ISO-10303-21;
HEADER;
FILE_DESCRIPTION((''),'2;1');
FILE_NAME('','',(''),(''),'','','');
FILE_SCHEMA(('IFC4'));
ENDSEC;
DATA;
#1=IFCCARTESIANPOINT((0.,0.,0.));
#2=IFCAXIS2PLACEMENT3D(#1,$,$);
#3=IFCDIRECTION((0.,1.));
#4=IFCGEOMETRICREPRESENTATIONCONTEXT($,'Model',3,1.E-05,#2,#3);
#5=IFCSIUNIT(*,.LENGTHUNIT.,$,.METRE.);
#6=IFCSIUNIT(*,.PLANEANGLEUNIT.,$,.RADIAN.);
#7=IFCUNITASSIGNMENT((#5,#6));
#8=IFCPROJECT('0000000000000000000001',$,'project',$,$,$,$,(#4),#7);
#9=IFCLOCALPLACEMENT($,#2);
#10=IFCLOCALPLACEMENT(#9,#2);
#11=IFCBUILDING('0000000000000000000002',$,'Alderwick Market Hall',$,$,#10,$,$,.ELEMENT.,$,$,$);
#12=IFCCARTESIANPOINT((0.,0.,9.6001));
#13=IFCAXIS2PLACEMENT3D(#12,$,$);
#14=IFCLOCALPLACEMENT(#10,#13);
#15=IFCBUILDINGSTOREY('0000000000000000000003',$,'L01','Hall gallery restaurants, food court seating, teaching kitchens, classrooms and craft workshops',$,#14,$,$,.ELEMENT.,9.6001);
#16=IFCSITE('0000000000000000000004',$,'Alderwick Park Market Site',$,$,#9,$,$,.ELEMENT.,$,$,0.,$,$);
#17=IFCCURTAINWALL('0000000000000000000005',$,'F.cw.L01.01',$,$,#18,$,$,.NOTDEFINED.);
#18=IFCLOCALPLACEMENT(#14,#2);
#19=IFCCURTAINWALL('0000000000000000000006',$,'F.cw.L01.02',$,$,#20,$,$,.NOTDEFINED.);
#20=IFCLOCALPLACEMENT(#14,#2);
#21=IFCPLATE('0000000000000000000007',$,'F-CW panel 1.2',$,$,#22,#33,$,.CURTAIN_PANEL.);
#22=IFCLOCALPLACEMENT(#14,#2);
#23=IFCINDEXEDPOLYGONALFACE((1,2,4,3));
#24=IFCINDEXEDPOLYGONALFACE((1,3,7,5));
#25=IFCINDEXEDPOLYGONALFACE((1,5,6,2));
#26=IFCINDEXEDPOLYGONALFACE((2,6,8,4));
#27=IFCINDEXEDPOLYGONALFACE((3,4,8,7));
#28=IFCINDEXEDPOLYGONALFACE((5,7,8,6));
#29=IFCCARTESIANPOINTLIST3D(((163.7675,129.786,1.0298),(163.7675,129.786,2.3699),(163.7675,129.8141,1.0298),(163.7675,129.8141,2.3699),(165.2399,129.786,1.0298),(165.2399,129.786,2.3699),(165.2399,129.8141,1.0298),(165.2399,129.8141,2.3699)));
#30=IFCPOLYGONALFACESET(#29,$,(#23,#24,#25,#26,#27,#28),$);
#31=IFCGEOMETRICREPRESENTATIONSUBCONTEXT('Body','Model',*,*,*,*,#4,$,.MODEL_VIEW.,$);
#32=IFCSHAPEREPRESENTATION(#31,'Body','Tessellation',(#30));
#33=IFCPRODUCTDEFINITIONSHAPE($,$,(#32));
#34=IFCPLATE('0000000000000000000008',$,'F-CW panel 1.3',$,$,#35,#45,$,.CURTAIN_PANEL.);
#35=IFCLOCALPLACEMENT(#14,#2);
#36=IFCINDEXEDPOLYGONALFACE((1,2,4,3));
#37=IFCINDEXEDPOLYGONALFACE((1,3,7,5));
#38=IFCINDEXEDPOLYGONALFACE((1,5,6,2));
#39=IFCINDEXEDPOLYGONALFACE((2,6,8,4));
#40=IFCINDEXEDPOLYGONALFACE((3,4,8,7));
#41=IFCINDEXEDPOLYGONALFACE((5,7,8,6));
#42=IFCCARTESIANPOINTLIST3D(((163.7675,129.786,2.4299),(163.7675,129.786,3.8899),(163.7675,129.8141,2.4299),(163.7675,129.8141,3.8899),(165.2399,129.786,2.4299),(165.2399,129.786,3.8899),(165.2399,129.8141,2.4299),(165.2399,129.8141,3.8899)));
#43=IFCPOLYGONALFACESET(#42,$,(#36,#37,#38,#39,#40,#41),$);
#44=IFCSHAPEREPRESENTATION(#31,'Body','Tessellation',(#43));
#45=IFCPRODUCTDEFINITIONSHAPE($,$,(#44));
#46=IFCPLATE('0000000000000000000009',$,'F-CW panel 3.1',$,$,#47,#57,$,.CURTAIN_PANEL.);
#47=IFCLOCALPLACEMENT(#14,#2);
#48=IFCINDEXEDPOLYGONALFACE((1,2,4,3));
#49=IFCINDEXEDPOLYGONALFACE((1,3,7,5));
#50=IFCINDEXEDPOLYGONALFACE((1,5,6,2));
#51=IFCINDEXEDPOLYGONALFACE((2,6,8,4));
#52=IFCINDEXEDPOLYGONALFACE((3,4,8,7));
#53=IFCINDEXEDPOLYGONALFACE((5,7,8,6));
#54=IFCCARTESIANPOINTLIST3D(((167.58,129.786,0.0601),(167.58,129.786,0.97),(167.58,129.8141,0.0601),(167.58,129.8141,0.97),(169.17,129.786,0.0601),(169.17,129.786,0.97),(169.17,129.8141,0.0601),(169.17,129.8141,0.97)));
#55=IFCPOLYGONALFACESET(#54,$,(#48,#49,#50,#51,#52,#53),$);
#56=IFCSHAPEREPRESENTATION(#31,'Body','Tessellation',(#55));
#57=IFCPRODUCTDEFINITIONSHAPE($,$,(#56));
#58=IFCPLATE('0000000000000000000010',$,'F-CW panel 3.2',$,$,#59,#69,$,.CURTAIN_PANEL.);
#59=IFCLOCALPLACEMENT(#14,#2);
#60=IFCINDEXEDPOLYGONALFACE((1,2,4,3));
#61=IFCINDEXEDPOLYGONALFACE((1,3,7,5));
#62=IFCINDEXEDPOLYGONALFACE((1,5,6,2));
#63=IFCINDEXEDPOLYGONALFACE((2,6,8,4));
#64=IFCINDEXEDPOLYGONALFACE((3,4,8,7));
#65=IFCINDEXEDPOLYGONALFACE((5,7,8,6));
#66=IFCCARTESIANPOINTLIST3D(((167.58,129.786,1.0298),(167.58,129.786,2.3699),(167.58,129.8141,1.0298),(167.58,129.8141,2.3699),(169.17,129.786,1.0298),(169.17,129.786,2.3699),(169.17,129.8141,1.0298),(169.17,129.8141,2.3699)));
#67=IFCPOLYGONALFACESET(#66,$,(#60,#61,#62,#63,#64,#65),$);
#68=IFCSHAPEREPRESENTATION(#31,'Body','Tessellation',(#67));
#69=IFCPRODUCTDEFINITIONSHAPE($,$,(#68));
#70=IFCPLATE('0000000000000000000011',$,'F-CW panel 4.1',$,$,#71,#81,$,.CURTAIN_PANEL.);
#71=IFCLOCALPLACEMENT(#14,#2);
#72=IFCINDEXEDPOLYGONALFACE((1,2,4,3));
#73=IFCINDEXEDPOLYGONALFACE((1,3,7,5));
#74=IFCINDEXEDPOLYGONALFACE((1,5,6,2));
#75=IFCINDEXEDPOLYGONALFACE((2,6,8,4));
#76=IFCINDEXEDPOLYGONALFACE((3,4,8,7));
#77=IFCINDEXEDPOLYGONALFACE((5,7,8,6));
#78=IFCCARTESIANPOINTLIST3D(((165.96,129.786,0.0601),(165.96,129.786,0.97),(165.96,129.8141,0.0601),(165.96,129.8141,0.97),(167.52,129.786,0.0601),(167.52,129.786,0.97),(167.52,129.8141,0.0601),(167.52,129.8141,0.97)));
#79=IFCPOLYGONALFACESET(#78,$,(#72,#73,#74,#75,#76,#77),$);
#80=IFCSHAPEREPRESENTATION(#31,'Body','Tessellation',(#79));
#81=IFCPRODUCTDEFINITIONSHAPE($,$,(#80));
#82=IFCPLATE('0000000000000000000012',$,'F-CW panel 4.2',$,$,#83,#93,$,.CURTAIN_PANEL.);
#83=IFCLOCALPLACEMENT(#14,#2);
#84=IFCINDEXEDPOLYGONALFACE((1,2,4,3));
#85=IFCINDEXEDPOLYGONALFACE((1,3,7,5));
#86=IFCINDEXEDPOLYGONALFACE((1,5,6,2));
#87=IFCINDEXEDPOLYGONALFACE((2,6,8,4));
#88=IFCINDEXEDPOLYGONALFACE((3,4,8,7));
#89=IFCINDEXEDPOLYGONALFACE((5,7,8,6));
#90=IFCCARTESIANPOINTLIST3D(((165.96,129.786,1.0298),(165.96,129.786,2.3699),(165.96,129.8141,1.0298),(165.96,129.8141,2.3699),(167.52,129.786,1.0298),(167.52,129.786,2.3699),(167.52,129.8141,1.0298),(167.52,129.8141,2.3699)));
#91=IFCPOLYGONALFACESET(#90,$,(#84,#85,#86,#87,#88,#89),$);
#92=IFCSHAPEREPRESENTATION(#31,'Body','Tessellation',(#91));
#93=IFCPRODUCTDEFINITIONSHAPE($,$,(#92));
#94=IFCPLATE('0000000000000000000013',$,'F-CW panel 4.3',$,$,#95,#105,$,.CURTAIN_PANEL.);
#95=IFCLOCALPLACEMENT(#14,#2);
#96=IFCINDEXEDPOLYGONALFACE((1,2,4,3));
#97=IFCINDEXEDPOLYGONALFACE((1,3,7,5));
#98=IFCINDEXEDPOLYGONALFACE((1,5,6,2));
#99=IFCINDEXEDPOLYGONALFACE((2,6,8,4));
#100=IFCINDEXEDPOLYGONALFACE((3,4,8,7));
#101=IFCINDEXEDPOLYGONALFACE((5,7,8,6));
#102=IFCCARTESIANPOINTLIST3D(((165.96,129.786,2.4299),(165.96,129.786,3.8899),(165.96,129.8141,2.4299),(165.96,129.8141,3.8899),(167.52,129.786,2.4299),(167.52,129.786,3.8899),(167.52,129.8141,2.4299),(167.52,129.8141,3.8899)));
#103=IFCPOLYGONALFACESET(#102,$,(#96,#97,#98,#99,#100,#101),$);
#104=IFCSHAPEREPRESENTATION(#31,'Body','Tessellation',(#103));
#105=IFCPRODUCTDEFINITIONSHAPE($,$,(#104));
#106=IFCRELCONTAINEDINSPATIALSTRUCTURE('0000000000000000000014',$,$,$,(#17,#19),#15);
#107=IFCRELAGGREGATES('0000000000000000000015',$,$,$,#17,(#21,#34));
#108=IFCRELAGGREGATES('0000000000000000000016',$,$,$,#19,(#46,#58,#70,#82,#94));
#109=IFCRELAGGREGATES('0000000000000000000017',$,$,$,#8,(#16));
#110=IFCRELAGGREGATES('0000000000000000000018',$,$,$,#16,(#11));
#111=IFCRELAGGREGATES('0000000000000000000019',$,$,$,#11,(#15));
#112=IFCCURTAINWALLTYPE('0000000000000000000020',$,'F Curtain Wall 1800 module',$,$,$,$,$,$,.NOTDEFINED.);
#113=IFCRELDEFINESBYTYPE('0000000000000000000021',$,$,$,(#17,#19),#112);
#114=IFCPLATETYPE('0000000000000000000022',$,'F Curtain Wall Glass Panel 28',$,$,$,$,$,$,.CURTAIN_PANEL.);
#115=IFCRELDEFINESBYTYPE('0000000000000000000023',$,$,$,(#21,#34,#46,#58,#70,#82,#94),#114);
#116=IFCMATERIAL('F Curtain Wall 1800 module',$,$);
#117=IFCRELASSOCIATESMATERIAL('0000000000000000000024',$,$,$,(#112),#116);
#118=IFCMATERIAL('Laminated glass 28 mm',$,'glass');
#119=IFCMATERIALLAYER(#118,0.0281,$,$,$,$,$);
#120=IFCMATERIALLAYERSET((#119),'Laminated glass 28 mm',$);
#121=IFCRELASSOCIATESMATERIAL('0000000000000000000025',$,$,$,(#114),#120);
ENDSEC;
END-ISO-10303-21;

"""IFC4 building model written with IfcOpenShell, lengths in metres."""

from ifc_helpers import new_model, si_unit, direction, frame, origin, origin_2d, place, context, subcontext, project, spatial, rectangle, extrude, material, layer, layer_set, type_object, element, aggregate, save


model = new_model("IFC4")

# Units and contexts
model_context = context("Model", 3, precision=1e-05, world=origin(), true_north=direction((0.0, 1.0)))
body_context = subcontext(model_context, "Body", "Model", "MODEL_VIEW")
ifc_project = project(units=[si_unit("LENGTHUNIT", "METRE"), si_unit("PLANEANGLEUNIT", "RADIAN")], contexts=[model_context])

# Site, building, storey
site_placement = place(None, origin())
site = spatial("IfcSite", under=ifc_project, at=site_placement, Name="Alderwick Park Market Site", CompositionType="ELEMENT", RefElevation=0.0)
building_placement = place(site_placement, origin())
building = spatial("IfcBuilding", under=site, at=building_placement, Name="Alderwick Market Hall", CompositionType="ELEMENT")
storey_placement = place(building_placement, frame((0.0, 0.0, 9.6001)))
storey = spatial("IfcBuildingStorey", under=building, at=storey_placement, Name="L01", Description="Hall gallery restaurants, food court seating, teaching kitchens, classrooms and craft workshops", CompositionType="ELEMENT", Elevation=9.6001)

# Curtain walls
ifc_material_1 = material(Name="F Curtain Wall 1800 module")
curtain_wall_type = type_object("IfcCurtainWallType", Name="F Curtain Wall 1800 module", PredefinedType="NOTDEFINED", material=ifc_material_1)
curtain_wall_1_placement = place(storey_placement, origin())
curtain_wall_1 = element("IfcCurtainWall", 1, at=curtain_wall_1_placement, inside=storey, type_object=curtain_wall_type, Name="F.cw.L01.01", PredefinedType="NOTDEFINED")
curtain_wall_2_placement = place(storey_placement, origin())
curtain_wall_2 = element("IfcCurtainWall", 2, at=curtain_wall_2_placement, inside=storey, type_object=curtain_wall_type, Name="F.cw.L01.02", PredefinedType="NOTDEFINED")

# Plates
ifc_material_2 = material(Name="Laminated glass 28 mm", Category="glass")
ifc_layer = layer(ifc_material_2, 0.0281)
ifc_layer_set = layer_set([ifc_layer], Name="Laminated glass 28 mm")
plate_type = type_object("IfcPlateType", Name="F Curtain Wall Glass Panel 28", PredefinedType="CURTAIN_PANEL", material=ifc_layer_set)
plate_1_placement = place(storey_placement, frame((164.5037, 129.8, 1.0298), z_axis=(0.0, 0.0, 1.0), x_axis=(-1.0, 0.0, 0.0)))
plate_1 = element("IfcPlate", 3, at=plate_1_placement, type_object=plate_type, Name="F-CW panel 1.2", PredefinedType="CURTAIN_PANEL", context=body_context, shape_type="SweptSolid", body=[
    extrude(rectangle(XDim=1.4724, YDim=0.0281, at=origin_2d()), origin(), (0.0, 0.0, 1.0), 1.3401),
])
plate_2_placement = place(storey_placement, frame((164.5037, 129.8, 2.4299), z_axis=(0.0, 0.0, 1.0), x_axis=(-1.0, 0.0, 0.0)))
plate_2 = element("IfcPlate", 4, at=plate_2_placement, type_object=plate_type, Name="F-CW panel 1.3", PredefinedType="CURTAIN_PANEL", context=body_context, shape_type="SweptSolid", body=[
    extrude(rectangle(XDim=1.4724, YDim=0.0281, at=origin_2d()), origin(), (0.0, 0.0, 1.0), 1.46),
])
aggregate(curtain_wall_1, [plate_1, plate_2])
plate_3_placement = place(storey_placement, frame((168.375, 129.8, 0.0601), z_axis=(0.0, 0.0, 1.0), x_axis=(-1.0, 0.0, 0.0)))
plate_3 = element("IfcPlate", 5, at=plate_3_placement, type_object=plate_type, Name="F-CW panel 3.1", PredefinedType="CURTAIN_PANEL", context=body_context, shape_type="SweptSolid", body=[
    extrude(rectangle(XDim=1.5901, YDim=0.0281, at=origin_2d()), origin(), (0.0, 0.0, 1.0), 0.9099),
])
plate_4_placement = place(storey_placement, frame((168.375, 129.8, 1.0298), z_axis=(0.0, 0.0, 1.0), x_axis=(-1.0, 0.0, 0.0)))
plate_4 = element("IfcPlate", 6, at=plate_4_placement, type_object=plate_type, Name="F-CW panel 3.2", PredefinedType="CURTAIN_PANEL", context=body_context, shape_type="SweptSolid", body=[
    extrude(rectangle(XDim=1.5901, YDim=0.0281, at=origin_2d()), origin(), (0.0, 0.0, 1.0), 1.3401),
])
plate_5_placement = place(storey_placement, frame((166.74, 129.8, 0.0601), z_axis=(0.0, 0.0, 1.0), x_axis=(-1.0, 0.0, 0.0)))
plate_5 = element("IfcPlate", 7, at=plate_5_placement, type_object=plate_type, Name="F-CW panel 4.1", PredefinedType="CURTAIN_PANEL", context=body_context, shape_type="SweptSolid", body=[
    extrude(rectangle(XDim=1.5601, YDim=0.0281, at=origin_2d()), origin(), (0.0, 0.0, 1.0), 0.9099),
])
plate_6_placement = place(storey_placement, frame((166.74, 129.8, 1.0298), z_axis=(0.0, 0.0, 1.0), x_axis=(-1.0, 0.0, 0.0)))
plate_6 = element("IfcPlate", 8, at=plate_6_placement, type_object=plate_type, Name="F-CW panel 4.2", PredefinedType="CURTAIN_PANEL", context=body_context, shape_type="SweptSolid", body=[
    extrude(rectangle(XDim=1.5601, YDim=0.0281, at=origin_2d()), origin(), (0.0, 0.0, 1.0), 1.3401),
])
plate_7_placement = place(storey_placement, frame((166.74, 129.8, 2.4299), z_axis=(0.0, 0.0, 1.0), x_axis=(-1.0, 0.0, 0.0)))
plate_7 = element("IfcPlate", 9, at=plate_7_placement, type_object=plate_type, Name="F-CW panel 4.3", PredefinedType="CURTAIN_PANEL", context=body_context, shape_type="SweptSolid", body=[
    extrude(rectangle(XDim=1.5601, YDim=0.0281, at=origin_2d()), origin(), (0.0, 0.0, 1.0), 1.46),
])
aggregate(curtain_wall_2, [plate_3, plate_4, plate_5, plate_6, plate_7])

save(model, "model.ifc")
